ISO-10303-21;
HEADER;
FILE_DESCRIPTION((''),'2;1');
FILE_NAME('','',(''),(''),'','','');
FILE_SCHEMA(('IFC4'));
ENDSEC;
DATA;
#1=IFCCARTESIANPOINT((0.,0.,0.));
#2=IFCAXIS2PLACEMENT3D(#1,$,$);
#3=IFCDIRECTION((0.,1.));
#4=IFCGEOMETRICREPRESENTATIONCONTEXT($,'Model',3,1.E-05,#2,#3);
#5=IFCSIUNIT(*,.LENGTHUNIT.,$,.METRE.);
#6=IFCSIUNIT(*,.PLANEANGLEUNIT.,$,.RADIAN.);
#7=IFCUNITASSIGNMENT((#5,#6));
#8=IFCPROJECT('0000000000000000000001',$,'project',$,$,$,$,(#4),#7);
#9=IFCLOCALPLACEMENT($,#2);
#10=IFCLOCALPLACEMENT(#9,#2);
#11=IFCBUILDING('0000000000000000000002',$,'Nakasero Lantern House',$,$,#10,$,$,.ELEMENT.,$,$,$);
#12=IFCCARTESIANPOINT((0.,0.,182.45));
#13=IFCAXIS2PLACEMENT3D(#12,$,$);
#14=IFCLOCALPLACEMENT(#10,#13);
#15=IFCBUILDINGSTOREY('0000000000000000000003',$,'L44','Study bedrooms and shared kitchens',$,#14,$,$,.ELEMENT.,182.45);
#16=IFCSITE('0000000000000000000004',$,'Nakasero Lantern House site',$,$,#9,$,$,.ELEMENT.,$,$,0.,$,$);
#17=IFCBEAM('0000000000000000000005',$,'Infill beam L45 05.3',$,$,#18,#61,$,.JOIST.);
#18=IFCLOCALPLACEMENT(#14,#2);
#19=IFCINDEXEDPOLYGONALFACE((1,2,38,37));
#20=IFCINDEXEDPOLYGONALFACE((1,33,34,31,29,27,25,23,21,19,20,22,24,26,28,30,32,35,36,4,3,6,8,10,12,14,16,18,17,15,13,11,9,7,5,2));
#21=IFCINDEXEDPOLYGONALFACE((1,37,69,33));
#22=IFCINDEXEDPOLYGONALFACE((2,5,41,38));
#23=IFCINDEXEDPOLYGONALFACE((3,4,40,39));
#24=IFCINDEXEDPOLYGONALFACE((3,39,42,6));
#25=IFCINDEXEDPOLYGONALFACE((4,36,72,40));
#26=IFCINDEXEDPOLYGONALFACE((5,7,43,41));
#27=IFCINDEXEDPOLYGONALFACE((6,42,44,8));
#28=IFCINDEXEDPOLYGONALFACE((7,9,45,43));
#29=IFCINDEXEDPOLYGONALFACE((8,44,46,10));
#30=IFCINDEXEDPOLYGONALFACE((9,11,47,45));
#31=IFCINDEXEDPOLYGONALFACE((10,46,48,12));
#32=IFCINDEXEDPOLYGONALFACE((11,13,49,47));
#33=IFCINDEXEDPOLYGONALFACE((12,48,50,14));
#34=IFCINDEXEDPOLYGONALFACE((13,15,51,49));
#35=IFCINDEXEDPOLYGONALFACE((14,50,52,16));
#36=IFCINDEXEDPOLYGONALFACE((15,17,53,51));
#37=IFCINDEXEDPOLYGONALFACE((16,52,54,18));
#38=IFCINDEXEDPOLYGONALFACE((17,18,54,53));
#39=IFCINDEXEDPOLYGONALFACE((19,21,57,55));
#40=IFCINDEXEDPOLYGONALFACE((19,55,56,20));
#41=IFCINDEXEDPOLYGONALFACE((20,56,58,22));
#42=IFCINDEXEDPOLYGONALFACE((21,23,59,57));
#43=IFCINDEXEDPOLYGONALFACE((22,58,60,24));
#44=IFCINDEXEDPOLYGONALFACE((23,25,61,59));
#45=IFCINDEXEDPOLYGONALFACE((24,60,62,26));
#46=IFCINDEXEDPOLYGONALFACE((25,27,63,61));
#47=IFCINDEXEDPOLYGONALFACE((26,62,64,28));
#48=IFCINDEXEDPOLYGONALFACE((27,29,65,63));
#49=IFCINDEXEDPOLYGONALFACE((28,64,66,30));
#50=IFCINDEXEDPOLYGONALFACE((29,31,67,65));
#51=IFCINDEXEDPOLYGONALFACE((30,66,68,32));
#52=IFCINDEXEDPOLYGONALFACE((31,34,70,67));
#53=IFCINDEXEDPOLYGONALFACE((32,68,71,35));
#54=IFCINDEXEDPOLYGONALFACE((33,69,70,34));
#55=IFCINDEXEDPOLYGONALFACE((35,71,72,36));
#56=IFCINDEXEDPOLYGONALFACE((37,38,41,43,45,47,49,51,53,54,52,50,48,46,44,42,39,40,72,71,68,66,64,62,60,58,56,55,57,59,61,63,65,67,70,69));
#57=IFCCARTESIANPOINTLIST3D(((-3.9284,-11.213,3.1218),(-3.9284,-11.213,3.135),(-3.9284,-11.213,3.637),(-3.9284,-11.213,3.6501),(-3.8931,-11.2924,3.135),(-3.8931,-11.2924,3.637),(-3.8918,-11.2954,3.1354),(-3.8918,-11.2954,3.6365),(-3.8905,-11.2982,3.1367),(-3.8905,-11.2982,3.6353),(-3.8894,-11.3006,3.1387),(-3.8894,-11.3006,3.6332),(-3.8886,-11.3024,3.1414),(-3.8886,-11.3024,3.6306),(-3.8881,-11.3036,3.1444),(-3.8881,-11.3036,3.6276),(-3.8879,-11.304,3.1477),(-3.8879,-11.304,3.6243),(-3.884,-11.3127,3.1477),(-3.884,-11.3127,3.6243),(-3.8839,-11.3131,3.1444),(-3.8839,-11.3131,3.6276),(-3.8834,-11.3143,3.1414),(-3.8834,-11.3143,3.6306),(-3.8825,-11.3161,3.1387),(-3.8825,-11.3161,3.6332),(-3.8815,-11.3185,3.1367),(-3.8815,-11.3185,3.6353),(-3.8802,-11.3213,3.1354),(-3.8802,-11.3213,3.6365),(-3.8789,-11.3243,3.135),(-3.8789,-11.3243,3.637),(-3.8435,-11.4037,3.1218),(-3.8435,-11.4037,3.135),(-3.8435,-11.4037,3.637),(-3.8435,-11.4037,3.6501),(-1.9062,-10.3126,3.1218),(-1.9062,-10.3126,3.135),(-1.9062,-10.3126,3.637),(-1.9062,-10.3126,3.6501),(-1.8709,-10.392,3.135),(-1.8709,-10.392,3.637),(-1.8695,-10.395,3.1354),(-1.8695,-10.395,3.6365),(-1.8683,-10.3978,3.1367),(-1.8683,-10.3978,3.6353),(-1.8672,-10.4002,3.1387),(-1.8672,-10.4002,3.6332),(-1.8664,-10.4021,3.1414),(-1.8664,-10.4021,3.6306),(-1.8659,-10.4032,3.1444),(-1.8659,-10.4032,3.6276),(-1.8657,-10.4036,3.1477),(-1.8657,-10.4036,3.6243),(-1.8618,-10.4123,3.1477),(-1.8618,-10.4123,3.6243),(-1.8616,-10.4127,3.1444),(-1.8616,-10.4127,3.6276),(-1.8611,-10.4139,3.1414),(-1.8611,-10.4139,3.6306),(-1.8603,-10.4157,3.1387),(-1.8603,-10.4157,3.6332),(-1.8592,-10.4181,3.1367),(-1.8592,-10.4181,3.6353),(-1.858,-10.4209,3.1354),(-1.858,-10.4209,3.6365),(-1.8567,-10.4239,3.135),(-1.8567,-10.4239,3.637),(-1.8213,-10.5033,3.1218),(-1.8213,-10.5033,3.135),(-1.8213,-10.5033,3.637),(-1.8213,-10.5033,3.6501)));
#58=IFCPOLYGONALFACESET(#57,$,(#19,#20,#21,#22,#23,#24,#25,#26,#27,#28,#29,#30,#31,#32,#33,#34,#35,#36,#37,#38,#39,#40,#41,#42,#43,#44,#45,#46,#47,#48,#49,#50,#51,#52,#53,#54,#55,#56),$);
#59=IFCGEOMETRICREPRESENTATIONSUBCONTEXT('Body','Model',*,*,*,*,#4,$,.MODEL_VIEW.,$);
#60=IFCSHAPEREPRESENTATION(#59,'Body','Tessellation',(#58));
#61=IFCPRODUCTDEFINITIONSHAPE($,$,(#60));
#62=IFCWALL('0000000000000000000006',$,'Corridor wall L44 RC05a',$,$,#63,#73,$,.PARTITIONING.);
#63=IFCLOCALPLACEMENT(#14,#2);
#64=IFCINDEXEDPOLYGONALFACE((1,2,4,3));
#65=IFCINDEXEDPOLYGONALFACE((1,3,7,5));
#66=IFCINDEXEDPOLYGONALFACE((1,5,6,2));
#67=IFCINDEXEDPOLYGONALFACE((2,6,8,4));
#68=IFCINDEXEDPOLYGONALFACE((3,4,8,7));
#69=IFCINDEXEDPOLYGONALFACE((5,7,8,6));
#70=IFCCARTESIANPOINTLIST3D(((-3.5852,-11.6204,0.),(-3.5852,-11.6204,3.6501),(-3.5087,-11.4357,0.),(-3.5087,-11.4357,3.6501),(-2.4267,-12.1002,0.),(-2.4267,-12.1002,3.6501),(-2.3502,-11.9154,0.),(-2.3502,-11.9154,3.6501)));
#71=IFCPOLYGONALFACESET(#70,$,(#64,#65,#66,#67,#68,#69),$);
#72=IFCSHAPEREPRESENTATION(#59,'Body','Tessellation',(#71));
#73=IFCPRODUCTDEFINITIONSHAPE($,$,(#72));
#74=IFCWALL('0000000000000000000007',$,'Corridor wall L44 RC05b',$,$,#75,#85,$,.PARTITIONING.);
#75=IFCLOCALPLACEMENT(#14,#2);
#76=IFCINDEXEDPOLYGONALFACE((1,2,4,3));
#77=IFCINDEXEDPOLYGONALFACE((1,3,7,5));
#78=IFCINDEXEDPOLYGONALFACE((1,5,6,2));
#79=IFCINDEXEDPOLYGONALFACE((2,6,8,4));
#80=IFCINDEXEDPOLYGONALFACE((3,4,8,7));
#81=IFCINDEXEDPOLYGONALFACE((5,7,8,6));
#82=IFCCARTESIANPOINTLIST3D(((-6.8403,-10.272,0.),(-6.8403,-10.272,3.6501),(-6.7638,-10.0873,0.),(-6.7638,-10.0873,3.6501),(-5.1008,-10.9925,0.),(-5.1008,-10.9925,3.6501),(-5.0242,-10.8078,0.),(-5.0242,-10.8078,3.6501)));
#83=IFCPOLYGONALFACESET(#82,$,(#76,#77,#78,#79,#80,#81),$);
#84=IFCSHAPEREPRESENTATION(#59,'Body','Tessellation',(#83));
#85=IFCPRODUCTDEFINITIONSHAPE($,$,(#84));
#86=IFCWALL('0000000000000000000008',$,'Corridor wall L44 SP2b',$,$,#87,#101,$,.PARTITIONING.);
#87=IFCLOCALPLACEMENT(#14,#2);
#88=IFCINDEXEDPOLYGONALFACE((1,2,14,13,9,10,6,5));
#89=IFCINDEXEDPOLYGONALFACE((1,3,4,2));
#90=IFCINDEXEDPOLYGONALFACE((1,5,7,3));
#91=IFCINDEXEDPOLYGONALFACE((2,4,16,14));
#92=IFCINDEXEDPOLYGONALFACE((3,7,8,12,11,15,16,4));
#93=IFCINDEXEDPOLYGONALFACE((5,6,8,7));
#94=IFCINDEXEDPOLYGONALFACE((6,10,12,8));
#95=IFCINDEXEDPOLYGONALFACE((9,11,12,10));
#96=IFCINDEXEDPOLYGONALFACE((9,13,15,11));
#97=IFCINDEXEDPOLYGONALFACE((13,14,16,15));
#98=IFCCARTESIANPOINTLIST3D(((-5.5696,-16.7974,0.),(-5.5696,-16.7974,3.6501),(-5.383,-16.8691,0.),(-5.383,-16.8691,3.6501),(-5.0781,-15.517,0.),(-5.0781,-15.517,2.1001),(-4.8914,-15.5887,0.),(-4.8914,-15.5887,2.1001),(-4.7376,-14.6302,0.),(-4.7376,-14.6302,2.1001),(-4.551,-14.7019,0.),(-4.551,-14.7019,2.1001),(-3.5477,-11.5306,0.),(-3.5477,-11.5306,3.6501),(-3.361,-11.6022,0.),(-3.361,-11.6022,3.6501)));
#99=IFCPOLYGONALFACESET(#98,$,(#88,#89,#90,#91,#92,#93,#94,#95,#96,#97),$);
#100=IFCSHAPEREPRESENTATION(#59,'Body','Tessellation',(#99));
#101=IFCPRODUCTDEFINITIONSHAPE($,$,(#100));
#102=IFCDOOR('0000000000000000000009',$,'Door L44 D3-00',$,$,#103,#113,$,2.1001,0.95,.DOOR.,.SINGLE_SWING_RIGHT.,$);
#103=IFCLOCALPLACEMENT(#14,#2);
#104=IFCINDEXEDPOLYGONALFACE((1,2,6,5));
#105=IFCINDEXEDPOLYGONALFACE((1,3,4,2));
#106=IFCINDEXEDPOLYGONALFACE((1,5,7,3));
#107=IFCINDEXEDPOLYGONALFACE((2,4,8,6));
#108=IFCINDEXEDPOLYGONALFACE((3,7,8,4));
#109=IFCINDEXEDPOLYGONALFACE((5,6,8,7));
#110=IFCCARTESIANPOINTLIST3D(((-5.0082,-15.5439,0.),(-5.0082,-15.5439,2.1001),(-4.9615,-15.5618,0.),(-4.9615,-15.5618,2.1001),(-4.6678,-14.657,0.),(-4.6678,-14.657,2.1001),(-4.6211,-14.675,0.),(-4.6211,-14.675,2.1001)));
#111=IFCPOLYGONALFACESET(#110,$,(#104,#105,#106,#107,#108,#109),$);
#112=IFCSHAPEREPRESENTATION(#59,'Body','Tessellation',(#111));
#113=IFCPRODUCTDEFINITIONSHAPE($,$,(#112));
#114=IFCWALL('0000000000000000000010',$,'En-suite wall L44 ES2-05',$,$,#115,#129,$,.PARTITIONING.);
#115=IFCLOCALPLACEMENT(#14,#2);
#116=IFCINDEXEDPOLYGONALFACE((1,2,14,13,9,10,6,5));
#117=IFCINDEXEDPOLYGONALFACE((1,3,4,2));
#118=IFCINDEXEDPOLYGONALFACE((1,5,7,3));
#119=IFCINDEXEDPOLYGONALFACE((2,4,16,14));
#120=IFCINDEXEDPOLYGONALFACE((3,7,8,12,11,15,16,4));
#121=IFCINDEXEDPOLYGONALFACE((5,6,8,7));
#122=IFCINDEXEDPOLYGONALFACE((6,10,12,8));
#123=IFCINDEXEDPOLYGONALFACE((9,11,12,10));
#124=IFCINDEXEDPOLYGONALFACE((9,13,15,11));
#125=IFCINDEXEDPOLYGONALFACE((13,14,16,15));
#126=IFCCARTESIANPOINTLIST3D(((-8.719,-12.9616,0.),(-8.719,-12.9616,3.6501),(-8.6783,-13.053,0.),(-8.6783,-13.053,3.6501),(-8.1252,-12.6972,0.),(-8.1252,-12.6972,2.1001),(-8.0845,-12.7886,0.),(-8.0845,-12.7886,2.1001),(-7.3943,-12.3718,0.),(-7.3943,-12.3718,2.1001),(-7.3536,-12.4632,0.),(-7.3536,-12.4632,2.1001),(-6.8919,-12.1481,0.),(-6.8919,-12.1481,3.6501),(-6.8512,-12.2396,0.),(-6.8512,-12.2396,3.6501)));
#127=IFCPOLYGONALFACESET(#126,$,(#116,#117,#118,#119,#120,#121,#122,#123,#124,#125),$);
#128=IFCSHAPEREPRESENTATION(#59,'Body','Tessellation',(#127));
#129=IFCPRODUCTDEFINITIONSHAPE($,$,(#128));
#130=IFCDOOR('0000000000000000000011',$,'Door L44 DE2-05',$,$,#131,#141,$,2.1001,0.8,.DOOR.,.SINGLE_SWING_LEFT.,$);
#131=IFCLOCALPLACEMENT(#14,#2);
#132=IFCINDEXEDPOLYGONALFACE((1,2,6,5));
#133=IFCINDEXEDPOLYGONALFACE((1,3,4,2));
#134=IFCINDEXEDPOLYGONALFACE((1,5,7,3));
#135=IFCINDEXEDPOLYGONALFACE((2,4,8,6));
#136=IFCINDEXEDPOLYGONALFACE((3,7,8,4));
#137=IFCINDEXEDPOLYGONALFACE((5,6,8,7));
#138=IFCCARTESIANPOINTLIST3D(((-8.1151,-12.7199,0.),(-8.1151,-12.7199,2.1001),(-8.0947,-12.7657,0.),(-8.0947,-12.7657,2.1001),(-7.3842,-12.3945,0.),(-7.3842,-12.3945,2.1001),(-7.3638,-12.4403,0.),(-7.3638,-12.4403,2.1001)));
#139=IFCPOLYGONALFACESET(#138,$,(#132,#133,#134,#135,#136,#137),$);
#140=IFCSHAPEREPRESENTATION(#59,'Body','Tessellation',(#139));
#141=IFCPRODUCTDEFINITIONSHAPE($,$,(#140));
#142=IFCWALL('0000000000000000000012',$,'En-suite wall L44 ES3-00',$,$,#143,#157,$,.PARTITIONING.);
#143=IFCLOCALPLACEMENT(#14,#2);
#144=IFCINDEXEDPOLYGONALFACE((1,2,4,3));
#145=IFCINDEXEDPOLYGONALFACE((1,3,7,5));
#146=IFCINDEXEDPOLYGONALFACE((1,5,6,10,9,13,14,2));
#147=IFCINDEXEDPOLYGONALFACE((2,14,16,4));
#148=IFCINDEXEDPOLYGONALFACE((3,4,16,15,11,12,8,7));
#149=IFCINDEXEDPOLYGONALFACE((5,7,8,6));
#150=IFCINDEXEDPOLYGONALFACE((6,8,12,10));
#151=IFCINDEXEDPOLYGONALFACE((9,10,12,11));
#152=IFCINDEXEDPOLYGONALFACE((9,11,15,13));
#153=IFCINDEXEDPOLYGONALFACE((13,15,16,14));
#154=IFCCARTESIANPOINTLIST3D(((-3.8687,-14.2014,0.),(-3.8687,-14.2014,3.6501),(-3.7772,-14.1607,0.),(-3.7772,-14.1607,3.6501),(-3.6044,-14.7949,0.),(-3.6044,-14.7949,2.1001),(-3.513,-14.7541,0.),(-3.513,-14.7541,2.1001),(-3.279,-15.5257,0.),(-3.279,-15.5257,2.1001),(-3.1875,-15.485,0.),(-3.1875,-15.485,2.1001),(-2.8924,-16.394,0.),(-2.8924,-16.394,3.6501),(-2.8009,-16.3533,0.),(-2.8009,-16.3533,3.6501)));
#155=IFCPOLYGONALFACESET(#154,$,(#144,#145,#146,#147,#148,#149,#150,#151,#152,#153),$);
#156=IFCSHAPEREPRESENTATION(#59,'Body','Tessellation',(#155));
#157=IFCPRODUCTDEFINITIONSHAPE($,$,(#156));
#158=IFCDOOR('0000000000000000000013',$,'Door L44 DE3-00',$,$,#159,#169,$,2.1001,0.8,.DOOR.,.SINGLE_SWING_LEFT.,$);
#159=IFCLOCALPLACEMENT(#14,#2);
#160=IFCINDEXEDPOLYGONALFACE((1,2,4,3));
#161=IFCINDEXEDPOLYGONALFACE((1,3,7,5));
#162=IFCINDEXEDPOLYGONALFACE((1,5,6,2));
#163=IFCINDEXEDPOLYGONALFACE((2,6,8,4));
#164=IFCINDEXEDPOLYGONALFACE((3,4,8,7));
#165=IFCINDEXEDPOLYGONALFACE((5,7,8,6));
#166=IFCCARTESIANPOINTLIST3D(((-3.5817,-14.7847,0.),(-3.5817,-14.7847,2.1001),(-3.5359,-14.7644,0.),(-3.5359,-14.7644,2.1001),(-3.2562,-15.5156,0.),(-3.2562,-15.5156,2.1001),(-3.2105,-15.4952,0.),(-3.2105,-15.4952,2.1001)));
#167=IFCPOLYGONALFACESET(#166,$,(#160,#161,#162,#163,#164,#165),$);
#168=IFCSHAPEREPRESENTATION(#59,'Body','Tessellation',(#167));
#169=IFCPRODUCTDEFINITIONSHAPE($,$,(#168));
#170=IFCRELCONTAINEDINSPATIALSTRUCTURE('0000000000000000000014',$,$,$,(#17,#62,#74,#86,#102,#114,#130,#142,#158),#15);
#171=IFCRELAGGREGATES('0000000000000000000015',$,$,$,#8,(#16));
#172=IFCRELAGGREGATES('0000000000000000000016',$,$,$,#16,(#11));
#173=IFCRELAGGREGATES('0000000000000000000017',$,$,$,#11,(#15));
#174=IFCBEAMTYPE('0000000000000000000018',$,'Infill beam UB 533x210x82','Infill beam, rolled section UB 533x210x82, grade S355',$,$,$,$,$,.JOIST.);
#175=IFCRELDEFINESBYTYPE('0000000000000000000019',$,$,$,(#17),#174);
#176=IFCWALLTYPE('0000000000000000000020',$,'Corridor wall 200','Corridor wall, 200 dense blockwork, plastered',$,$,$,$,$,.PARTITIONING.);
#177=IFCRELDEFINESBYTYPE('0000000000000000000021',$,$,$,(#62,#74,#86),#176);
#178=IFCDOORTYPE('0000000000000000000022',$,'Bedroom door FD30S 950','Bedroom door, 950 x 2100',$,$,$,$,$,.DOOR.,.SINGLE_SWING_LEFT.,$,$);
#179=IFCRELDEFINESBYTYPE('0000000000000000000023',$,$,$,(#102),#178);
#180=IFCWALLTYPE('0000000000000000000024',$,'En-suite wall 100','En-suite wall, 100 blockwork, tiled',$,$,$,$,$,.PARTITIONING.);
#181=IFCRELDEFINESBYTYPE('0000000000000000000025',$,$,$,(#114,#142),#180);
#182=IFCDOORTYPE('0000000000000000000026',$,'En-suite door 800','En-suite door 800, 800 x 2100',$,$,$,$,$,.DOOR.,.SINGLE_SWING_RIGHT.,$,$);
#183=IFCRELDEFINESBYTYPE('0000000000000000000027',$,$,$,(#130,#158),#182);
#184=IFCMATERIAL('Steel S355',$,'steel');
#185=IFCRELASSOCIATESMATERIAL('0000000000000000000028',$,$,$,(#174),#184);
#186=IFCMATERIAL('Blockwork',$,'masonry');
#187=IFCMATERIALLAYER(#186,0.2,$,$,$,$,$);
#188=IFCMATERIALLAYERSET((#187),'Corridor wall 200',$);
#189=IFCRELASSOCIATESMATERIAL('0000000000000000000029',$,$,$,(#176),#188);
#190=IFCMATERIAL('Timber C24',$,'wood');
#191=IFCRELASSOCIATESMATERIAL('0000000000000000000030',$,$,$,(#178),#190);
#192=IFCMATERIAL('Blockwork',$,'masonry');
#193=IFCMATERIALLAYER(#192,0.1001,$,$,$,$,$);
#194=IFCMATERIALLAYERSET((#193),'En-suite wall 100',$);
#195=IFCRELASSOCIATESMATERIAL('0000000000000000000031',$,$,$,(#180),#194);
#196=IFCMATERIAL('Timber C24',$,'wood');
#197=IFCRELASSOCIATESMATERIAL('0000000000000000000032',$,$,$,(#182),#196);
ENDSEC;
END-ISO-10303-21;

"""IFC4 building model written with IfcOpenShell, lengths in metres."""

from ifc_helpers import new_model, si_unit, direction, frame, frame_2d, origin, origin_2d, place, context, subcontext, project, spatial, rectangle, i_section, extrude, material, layer, layer_set, material_profile, profile_set, type_object, element, fill, save


model = new_model("IFC4")

# Units and contexts
model_context = context("Model", 3, precision=1e-05, world=origin(), true_north=direction((0.0, 1.0)))
body_context = subcontext(model_context, "Body", "Model", "MODEL_VIEW")
ifc_project = project(units=[si_unit("LENGTHUNIT", "METRE"), si_unit("PLANEANGLEUNIT", "RADIAN")], contexts=[model_context])

# Site, building, storey
site_placement = place(None, origin())
site = spatial("IfcSite", under=ifc_project, at=site_placement, Name="Nakasero Lantern House site", CompositionType="ELEMENT", RefElevation=0.0)
building_placement = place(site_placement, origin())
building = spatial("IfcBuilding", under=site, at=building_placement, Name="Nakasero Lantern House", CompositionType="ELEMENT")
storey_placement = place(building_placement, frame((0.0, 0.0, 182.45)))
storey = spatial("IfcBuildingStorey", under=building, at=storey_placement, Name="L44", Description="Study bedrooms and shared kitchens", CompositionType="ELEMENT", Elevation=182.45)

# Beam
ifc_material_1 = material(Name="Steel S355", Category="steel")
ifc_material_profile = material_profile(ifc_material_1, i_section(OverallWidth=0.2087, OverallDepth=0.5283, WebThickness=0.0095, FlangeThickness=0.0132, FilletRadius=0.0127, at=origin_2d()), Name="UB 533x210x82")
ifc_profile_set = profile_set([ifc_material_profile], Name="Steel S355")
beam_type = type_object("IfcBeamType", Name="Infill beam UB 533x210x82", Description="Infill beam, rolled section UB 533x210x82, grade S355", PredefinedType="JOIST", material=ifc_profile_set)
beam_placement = place(storey_placement, frame((-3.886, -11.3083, 3.386), z_axis=(0.913538, 0.406752, 0.0), x_axis=(-0.406752, 0.913538, 0.0)))
element("IfcBeam", 1, at=beam_placement, inside=storey, type_object=beam_type, Name="Infill beam L45 05.3", PredefinedType="JOIST", context=body_context, shape_type="SweptSolid", body=[
    extrude(i_section(OverallWidth=0.2087, OverallDepth=0.5283, WebThickness=0.0095, FlangeThickness=0.0132, FilletRadius=0.0127, at=origin_2d()), origin(), (0.0, 0.0, 1.0), 2.2136),
])

# Walls
ifc_material_2 = material(Name="Blockwork", Category="masonry")
ifc_layer_1 = layer(ifc_material_2, 0.2)
ifc_layer_set_1 = layer_set([ifc_layer_1], Name="Corridor wall 200")
wall_type_1 = type_object("IfcWallType", Name="Corridor wall 200", Description="Corridor wall, 200 dense blockwork, plastered", PredefinedType="PARTITIONING", material=ifc_layer_set_1)
wall_1_placement = place(storey_placement, frame((-2.3884, -12.0078, 0.0), z_axis=(0.0, 0.0, 1.0), x_axis=(-0.92391, 0.38261, 0.0)))
element("IfcWall", 2, at=wall_1_placement, inside=storey, type_object=wall_type_1, Name="Corridor wall L44 RC05a", PredefinedType="PARTITIONING", context=body_context, shape_type="SweptSolid", body=[
    extrude(rectangle(XDim=1.2539, YDim=0.2, at=frame_2d((0.627, 0.0))), origin(), (0.0, 0.0, 1.0), 3.6501),
])
wall_2_placement = place(storey_placement, frame((-5.0625, -10.9001, 0.0), z_axis=(0.0, 0.0, 1.0), x_axis=(-0.923892, 0.382653, 0.0)))
element("IfcWall", 3, at=wall_2_placement, inside=storey, type_object=wall_type_1, Name="Corridor wall L44 RC05b", PredefinedType="PARTITIONING", context=body_context, shape_type="SweptSolid", body=[
    extrude(rectangle(XDim=1.8828, YDim=0.2, at=frame_2d((0.9414, 0.0))), origin(), (0.0, 0.0, 1.0), 3.6501),
])

# Walls, openings, doors
wall_3_placement = place(storey_placement, frame((-3.4543, -11.5664, 0.0), z_axis=(0.0, 0.0, 1.0), x_axis=(-0.358402, -0.933567, 0.0)))
wall_3 = element("IfcWall", 4, at=wall_3_placement, inside=storey, type_object=wall_type_1, Name="Corridor wall L44 SP2b", PredefinedType="PARTITIONING", context=body_context, shape_type="SweptSolid", body=[
    extrude(rectangle(XDim=5.6416, YDim=0.2, at=frame_2d((2.8208, 0.0))), origin(), (0.0, 0.0, 1.0), 3.6501),
])
opening_1_placement = place(wall_3_placement, frame((3.3201, 0.0, 0.0)))
opening_1 = element("IfcOpeningElement", 5, at=opening_1_placement, cuts=wall_3, PredefinedType="OPENING", context=body_context, shape_type="SweptSolid", body=[
    extrude(rectangle(XDim=0.95, YDim=2.1001, at=frame_2d((0.4751, 1.05))), frame((0.0, 0.1199, 0.0), z_axis=(0.0, -1.0, 0.0), x_axis=(1.0, 0.0, 0.0)), (0.0, 0.0, 1.0), 0.24),
])
ifc_material_3 = material(Name="Timber C24", Category="wood")
door_type_1 = type_object("IfcDoorType", Name="Bedroom door FD30S 950", Description="Bedroom door, 950 x 2100", OperationType="SINGLE_SWING_LEFT", PredefinedType="DOOR", material=ifc_material_3)
door_1_placement = place(opening_1_placement, origin())
door_1 = element("IfcDoor", 6, at=door_1_placement, inside=storey, type_object=door_type_1, Name="Door L44 D3-00", OperationType="SINGLE_SWING_RIGHT", OverallHeight=2.1001, OverallWidth=0.95, PredefinedType="DOOR", context=body_context, shape_type="SweptSolid", body=[
    extrude(rectangle(XDim=0.95, YDim=2.1001, at=frame_2d((0.4751, 1.05))), frame((0.0, 0.0249, 0.0), z_axis=(0.0, -1.0, 0.0), x_axis=(1.0, 0.0, 0.0)), (0.0, 0.0, 1.0), 0.05),
])
fill(opening_1, door_1)
ifc_material_4 = material(Name="Blockwork", Category="masonry")
ifc_layer_2 = layer(ifc_material_4, 0.1001)
ifc_layer_set_2 = layer_set([ifc_layer_2], Name="En-suite wall 100")
wall_type_2 = type_object("IfcWallType", Name="En-suite wall 100", Description="En-suite wall, 100 blockwork, tiled", PredefinedType="PARTITIONING", material=ifc_layer_set_2)
wall_4_placement = place(storey_placement, frame((-6.8716, -12.1938, 0.0), z_axis=(0.0, 0.0, 1.0), x_axis=(-0.91355, -0.406727, 0.0)))
wall_4 = element("IfcWall", 7, at=wall_4_placement, inside=storey, type_object=wall_type_2, Name="En-suite wall L44 ES2-05", PredefinedType="PARTITIONING", context=body_context, shape_type="SweptSolid", body=[
    extrude(rectangle(XDim=2.0, YDim=0.1001, at=frame_2d((1.0, 0.0))), origin(), (0.0, 0.0, 1.0), 3.6501),
])
opening_2_placement = place(wall_4_placement, frame((0.55, 0.0, 0.0)))
opening_2 = element("IfcOpeningElement", 8, at=opening_2_placement, cuts=wall_4, PredefinedType="OPENING", context=body_context, shape_type="SweptSolid", body=[
    extrude(rectangle(XDim=0.8, YDim=2.1001, at=frame_2d((0.3999, 1.05))), frame((0.0, 0.0701, 0.0), z_axis=(0.0, -1.0, 0.0), x_axis=(1.0, 0.0, 0.0)), (0.0, 0.0, 1.0), 0.1401),
])
ifc_material_5 = material(Name="Timber C24", Category="wood")
door_type_2 = type_object("IfcDoorType", Name="En-suite door 800", Description="En-suite door 800, 800 x 2100", OperationType="SINGLE_SWING_RIGHT", PredefinedType="DOOR", material=ifc_material_5)
door_2_placement = place(opening_2_placement, origin())
door_2 = element("IfcDoor", 9, at=door_2_placement, inside=storey, type_object=door_type_2, Name="Door L44 DE2-05", OperationType="SINGLE_SWING_LEFT", OverallHeight=2.1001, OverallWidth=0.8, PredefinedType="DOOR", context=body_context, shape_type="SweptSolid", body=[
    extrude(rectangle(XDim=0.8, YDim=2.1001, at=frame_2d((0.3999, 1.05))), frame((0.0, 0.0249, 0.0), z_axis=(0.0, -1.0, 0.0), x_axis=(1.0, 0.0, 0.0)), (0.0, 0.0, 1.0), 0.05),
])
fill(opening_2, door_2)
wall_5_placement = place(storey_placement, frame((-3.823, -14.1809, 0.0), z_axis=(0.0, 0.0, 1.0), x_axis=(0.406771, -0.91353, 0.0)))
wall_5 = element("IfcWall", 10, at=wall_5_placement, inside=storey, type_object=wall_type_2, Name="En-suite wall L44 ES3-00", PredefinedType="PARTITIONING", context=body_context, shape_type="SweptSolid", body=[
    extrude(rectangle(XDim=2.4001, YDim=0.1001, at=frame_2d((1.2002, 0.0))), origin(), (0.0, 0.0, 1.0), 3.6501),
])
opening_3_placement = place(wall_5_placement, frame((0.6499, 0.0, 0.0)))
opening_3 = element("IfcOpeningElement", 11, at=opening_3_placement, cuts=wall_5, PredefinedType="OPENING", context=body_context, shape_type="SweptSolid", body=[
    extrude(rectangle(XDim=0.8, YDim=2.1001, at=frame_2d((0.3999, 1.05))), frame((0.0, 0.0701, 0.0), z_axis=(0.0, -1.0, 0.0), x_axis=(1.0, 0.0, 0.0)), (0.0, 0.0, 1.0), 0.1401),
])
door_3_placement = place(opening_3_placement, origin())
door_3 = element("IfcDoor", 12, at=door_3_placement, inside=storey, type_object=door_type_2, Name="Door L44 DE3-00", OperationType="SINGLE_SWING_LEFT", OverallHeight=2.1001, OverallWidth=0.8, PredefinedType="DOOR", context=body_context, shape_type="SweptSolid", body=[
    extrude(rectangle(XDim=0.8, YDim=2.1001, at=frame_2d((0.3999, 1.05))), frame((0.0, 0.0249, 0.0), z_axis=(0.0, -1.0, 0.0), x_axis=(1.0, 0.0, 0.0)), (0.0, 0.0, 1.0), 0.05),
])
fill(opening_3, door_3)

save(model, "model.ifc")
